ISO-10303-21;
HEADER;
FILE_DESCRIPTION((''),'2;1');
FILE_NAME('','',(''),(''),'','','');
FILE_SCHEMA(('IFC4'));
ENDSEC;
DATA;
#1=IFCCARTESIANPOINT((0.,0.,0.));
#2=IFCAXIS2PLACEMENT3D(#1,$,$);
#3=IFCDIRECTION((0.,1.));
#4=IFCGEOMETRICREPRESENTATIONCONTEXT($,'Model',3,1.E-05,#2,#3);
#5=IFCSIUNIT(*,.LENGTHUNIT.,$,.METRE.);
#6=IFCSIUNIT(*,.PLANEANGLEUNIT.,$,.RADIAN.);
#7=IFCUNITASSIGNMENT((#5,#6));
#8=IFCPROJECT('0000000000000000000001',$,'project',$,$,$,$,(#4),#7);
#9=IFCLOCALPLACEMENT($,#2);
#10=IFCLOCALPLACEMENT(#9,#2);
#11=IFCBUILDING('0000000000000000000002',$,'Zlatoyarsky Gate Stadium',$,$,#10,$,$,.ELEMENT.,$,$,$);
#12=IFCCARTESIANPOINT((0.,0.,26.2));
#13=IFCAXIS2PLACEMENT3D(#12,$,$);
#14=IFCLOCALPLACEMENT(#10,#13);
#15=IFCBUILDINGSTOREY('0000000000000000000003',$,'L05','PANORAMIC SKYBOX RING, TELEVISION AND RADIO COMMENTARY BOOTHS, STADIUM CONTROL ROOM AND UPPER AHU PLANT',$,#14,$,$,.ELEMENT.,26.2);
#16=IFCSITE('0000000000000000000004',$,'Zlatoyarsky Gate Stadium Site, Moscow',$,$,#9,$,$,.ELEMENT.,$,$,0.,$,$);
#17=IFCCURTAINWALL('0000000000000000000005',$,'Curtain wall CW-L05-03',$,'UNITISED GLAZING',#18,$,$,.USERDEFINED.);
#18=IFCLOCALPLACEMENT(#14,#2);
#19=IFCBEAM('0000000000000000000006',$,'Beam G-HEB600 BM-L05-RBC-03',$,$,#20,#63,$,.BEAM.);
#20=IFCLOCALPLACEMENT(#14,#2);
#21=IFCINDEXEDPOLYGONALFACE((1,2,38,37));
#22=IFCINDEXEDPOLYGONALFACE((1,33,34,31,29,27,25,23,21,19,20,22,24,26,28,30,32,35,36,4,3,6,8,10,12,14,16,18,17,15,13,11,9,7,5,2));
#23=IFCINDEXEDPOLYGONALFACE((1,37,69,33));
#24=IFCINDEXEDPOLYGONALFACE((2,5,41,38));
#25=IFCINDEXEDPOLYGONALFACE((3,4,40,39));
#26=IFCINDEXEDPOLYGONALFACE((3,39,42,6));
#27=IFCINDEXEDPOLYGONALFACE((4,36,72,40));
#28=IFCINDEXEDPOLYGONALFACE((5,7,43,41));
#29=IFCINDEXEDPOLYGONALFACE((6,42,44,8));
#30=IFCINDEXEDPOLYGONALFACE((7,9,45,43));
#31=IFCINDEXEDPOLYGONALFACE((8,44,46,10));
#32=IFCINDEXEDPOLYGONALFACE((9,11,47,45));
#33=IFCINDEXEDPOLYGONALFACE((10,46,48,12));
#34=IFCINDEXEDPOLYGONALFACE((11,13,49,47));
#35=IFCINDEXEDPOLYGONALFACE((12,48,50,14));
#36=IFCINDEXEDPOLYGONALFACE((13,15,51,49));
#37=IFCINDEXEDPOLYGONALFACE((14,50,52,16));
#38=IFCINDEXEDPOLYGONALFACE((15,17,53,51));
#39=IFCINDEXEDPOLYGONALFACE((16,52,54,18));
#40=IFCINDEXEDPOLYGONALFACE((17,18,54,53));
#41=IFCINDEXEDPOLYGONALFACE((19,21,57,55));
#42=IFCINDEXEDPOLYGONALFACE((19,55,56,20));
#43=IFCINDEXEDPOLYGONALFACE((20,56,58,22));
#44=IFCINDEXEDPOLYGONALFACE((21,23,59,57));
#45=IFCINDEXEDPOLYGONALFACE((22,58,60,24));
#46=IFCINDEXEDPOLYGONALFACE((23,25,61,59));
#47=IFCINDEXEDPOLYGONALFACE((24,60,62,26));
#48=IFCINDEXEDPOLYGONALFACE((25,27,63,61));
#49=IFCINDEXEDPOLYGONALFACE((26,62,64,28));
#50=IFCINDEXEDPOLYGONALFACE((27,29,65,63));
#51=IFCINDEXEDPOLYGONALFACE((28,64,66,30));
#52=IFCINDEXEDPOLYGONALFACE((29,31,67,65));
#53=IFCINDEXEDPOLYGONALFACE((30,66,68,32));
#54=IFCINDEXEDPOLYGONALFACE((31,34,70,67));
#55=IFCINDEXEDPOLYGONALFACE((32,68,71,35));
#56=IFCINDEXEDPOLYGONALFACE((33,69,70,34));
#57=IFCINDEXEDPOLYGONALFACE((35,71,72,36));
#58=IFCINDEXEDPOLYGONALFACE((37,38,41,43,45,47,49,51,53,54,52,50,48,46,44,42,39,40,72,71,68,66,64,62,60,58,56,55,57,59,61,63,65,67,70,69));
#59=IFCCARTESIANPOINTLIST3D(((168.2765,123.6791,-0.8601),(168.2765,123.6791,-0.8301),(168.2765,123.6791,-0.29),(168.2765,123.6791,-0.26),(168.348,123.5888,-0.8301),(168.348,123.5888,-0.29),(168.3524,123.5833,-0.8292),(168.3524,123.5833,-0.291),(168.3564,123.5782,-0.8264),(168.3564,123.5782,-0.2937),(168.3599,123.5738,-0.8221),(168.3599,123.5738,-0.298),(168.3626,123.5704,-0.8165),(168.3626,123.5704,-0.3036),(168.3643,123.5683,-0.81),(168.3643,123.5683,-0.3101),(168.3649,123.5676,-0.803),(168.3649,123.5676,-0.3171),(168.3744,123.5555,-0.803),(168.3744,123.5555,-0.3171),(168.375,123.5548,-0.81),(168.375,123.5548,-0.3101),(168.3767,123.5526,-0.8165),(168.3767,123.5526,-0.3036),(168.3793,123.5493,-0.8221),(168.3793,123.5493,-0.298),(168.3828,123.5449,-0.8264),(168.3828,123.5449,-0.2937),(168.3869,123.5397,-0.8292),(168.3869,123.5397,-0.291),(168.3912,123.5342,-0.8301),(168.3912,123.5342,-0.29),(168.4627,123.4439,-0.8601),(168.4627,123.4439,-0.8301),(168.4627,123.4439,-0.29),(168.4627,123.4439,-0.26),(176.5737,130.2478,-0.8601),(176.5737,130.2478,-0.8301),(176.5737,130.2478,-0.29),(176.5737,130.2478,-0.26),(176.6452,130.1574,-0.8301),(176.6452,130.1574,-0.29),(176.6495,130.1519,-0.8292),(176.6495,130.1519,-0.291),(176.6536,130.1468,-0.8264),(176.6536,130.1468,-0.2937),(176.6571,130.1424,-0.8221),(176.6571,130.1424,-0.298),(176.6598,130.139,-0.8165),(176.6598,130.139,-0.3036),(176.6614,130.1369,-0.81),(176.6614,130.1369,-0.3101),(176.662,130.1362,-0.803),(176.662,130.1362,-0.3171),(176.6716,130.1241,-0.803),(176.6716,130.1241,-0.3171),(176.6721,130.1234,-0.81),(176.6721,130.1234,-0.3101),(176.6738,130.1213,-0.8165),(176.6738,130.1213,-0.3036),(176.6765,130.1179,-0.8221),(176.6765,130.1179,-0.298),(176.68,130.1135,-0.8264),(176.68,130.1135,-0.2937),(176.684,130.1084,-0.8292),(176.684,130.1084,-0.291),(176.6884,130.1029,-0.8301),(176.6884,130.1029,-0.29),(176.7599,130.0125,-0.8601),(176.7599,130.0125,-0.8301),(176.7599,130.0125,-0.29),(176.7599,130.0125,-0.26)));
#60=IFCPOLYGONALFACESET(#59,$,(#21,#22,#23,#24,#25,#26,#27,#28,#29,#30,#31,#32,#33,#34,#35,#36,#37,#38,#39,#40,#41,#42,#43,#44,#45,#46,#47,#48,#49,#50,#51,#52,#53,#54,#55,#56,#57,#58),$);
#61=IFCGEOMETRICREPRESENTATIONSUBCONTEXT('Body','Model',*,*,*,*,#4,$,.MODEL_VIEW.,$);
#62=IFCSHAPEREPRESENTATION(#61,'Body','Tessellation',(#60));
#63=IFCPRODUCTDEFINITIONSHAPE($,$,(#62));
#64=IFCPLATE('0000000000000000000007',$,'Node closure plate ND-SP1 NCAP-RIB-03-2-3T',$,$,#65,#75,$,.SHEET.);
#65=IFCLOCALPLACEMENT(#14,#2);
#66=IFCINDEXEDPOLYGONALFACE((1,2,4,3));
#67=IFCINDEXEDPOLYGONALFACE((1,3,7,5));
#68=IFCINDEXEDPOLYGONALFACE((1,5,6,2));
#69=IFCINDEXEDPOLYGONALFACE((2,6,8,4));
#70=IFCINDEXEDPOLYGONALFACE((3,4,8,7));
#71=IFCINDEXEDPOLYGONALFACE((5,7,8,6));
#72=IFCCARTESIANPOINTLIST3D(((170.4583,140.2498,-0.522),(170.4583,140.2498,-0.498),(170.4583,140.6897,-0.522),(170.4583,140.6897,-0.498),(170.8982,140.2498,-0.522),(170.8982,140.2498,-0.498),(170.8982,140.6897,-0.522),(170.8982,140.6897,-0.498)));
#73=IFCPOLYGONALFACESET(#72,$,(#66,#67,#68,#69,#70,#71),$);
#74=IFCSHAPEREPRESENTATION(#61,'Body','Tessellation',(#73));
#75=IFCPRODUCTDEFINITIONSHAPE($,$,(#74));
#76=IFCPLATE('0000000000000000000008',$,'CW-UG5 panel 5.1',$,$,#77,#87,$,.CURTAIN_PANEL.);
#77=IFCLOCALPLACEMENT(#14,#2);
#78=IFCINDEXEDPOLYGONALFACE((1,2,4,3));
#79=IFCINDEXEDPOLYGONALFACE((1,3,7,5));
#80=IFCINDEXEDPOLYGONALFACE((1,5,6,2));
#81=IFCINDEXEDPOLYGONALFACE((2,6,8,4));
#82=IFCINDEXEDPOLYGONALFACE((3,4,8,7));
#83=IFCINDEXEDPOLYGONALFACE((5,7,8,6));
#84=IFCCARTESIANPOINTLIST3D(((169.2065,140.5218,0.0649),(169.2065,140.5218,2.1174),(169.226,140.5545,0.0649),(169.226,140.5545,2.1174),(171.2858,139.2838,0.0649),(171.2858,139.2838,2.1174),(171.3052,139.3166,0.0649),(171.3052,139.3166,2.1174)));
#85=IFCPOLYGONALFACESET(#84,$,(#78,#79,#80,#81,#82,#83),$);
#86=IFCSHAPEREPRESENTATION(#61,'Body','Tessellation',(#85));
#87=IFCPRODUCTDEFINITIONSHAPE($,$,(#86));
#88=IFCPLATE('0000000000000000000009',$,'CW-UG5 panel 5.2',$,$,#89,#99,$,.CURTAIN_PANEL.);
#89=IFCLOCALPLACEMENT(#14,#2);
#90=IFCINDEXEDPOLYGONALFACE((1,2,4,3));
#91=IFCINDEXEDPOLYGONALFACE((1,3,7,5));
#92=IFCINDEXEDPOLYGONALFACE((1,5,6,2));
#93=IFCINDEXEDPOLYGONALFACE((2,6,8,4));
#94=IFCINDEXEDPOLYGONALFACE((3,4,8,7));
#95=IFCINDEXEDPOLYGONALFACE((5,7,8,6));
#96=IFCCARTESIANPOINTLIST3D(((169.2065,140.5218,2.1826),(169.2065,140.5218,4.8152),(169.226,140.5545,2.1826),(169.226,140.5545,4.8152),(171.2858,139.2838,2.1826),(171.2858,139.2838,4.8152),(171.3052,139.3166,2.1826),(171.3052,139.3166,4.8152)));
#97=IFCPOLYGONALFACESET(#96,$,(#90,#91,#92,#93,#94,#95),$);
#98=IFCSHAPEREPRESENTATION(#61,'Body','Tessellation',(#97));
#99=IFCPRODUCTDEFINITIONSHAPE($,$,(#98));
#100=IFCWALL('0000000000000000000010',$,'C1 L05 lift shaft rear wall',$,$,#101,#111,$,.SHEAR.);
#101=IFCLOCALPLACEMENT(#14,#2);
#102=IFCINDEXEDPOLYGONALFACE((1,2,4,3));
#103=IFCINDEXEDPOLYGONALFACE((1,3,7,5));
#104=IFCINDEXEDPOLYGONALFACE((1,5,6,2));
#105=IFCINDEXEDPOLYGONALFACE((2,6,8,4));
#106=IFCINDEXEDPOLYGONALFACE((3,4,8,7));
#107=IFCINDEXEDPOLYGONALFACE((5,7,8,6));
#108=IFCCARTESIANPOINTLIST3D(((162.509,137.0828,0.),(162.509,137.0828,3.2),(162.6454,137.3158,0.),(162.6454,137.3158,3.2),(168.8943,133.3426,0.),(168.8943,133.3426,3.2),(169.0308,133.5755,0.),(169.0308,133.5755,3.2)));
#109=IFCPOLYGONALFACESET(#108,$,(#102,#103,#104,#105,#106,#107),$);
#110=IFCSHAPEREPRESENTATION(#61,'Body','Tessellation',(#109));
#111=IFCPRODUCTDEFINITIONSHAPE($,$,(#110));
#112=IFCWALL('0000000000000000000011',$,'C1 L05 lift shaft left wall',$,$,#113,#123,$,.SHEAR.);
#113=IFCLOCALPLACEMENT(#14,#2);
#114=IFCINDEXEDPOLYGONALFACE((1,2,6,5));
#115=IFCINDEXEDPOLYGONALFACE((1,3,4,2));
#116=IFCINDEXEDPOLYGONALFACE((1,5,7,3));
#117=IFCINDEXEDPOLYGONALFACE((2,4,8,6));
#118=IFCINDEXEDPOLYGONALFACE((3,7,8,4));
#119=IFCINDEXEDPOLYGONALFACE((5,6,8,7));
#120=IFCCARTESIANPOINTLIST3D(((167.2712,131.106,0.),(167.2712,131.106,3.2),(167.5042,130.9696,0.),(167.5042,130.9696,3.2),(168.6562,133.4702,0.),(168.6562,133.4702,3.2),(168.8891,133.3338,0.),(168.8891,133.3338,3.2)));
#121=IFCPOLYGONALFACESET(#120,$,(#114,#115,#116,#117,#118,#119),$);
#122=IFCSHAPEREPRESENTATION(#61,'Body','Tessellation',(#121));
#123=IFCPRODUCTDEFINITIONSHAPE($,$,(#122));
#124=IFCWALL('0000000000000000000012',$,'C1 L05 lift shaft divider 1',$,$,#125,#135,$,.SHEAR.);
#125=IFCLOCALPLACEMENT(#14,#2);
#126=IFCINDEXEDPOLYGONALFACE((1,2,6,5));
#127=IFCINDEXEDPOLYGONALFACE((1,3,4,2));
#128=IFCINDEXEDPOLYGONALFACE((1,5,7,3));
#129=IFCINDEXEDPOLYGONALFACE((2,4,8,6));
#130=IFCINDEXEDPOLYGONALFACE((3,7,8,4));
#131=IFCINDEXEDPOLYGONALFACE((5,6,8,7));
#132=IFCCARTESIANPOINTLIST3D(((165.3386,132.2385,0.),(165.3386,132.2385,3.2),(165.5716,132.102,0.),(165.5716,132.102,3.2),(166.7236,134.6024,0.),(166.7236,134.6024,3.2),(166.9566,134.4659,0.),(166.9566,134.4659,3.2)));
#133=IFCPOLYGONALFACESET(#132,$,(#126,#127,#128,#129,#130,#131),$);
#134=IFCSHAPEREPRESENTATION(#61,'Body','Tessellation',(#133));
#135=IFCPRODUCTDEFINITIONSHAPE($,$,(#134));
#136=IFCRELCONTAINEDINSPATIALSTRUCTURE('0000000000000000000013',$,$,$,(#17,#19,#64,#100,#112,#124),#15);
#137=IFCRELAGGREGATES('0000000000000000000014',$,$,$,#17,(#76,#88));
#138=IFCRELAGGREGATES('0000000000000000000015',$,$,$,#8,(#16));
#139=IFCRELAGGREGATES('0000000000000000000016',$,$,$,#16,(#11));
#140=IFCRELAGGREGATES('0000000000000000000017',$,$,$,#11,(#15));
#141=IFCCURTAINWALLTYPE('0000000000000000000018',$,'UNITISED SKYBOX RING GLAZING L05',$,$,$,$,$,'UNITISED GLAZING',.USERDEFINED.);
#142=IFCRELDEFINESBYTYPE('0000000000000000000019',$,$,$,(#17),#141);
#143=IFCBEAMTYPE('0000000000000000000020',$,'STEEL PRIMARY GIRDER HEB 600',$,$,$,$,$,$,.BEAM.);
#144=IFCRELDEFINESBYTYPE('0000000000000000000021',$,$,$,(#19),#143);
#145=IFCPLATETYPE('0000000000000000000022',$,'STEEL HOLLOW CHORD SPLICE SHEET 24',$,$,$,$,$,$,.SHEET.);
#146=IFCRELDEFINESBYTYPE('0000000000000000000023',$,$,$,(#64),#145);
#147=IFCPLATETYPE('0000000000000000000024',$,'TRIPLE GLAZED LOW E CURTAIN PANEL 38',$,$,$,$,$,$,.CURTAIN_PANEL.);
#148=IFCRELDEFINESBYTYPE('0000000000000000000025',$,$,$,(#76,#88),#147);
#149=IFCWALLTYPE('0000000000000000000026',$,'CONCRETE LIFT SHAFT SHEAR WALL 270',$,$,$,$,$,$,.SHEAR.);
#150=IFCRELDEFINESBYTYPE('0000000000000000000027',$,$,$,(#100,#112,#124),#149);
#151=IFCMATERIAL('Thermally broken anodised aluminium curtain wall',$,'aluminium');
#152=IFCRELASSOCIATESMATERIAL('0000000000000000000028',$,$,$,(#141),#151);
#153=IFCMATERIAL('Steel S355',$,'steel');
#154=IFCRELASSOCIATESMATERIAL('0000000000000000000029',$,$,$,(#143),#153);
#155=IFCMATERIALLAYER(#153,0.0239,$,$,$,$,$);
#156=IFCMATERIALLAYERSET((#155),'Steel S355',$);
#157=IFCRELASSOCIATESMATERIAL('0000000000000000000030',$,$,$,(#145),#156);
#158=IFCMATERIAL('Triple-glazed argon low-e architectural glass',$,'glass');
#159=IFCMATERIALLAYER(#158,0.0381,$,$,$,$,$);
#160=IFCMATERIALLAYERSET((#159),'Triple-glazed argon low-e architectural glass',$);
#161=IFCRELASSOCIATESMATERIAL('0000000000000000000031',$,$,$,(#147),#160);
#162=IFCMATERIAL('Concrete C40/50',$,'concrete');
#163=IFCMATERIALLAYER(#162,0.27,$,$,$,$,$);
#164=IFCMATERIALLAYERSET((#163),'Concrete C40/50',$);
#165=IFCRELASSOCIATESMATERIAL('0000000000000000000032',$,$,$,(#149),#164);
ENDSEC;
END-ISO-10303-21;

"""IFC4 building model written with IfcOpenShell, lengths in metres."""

from ifc_helpers import new_model, si_unit, direction, frame, frame_2d, origin, origin_2d, place, context, subcontext, project, spatial, rectangle, i_section, extrude, material, layer, layer_set, material_profile, profile_set, type_object, element, aggregate, save


model = new_model("IFC4")

# Units and contexts
model_context = context("Model", 3, precision=1e-05, world=origin(), true_north=direction((0.0, 1.0)))
body_context = subcontext(model_context, "Body", "Model", "MODEL_VIEW")
ifc_project = project(units=[si_unit("LENGTHUNIT", "METRE"), si_unit("PLANEANGLEUNIT", "RADIAN")], contexts=[model_context])

# Site, building, storey
site_placement = place(None, origin())
site = spatial("IfcSite", under=ifc_project, at=site_placement, Name="Zlatoyarsky Gate Stadium Site, Moscow", CompositionType="ELEMENT", RefElevation=0.0)
building_placement = place(site_placement, origin())
building = spatial("IfcBuilding", under=site, at=building_placement, Name="Zlatoyarsky Gate Stadium", CompositionType="ELEMENT")
storey_placement = place(building_placement, frame((0.0, 0.0, 26.2)))
storey = spatial("IfcBuildingStorey", under=building, at=storey_placement, Name="L05", Description="PANORAMIC SKYBOX RING, TELEVISION AND RADIO COMMENTARY BOOTHS, STADIUM CONTROL ROOM AND UPPER AHU PLANT", CompositionType="ELEMENT", Elevation=26.2)

# Shared definitions
ifc_material_1 = material(Name="Steel S355", Category="steel")

# Curtain wall
ifc_material_2 = material(Name="Thermally broken anodised aluminium curtain wall", Category="aluminium")
curtain_wall_type = type_object("IfcCurtainWallType", Name="UNITISED SKYBOX RING GLAZING L05", ElementType="UNITISED GLAZING", PredefinedType="USERDEFINED", material=ifc_material_2)
curtain_wall_placement = place(storey_placement, origin())
curtain_wall = element("IfcCurtainWall", 1, at=curtain_wall_placement, inside=storey, type_object=curtain_wall_type, Name="Curtain wall CW-L05-03", ObjectType="UNITISED GLAZING", PredefinedType="USERDEFINED")

# Beam
ifc_material_profile_1 = material_profile(ifc_material_1, i_section(OverallWidth=0.3, OverallDepth=0.6001, WebThickness=0.0154, FlangeThickness=0.03, FilletRadius=0.0271, at=origin_2d()), Name="HEB 600")
ifc_profile_set_1 = profile_set([ifc_material_profile_1], Name="Steel S355")
beam_type_1 = type_object("IfcBeamType", Name="STEEL PRIMARY GIRDER HEB 600", PredefinedType="BEAM", material=ifc_profile_set_1)
beam_1_placement = place(storey_placement, frame((168.3696, 123.5615, -0.5601), z_axis=(0.784043, 0.620706, 0.0), x_axis=(-0.620706, 0.784043, 0.0)))
element("IfcBeam", 2, at=beam_1_placement, inside=storey, type_object=beam_type_1, Name="Beam G-HEB600 BM-L05-RBC-03", PredefinedType="BEAM", context=body_context, shape_type="SweptSolid", body=[
    extrude(i_section(OverallWidth=0.3, OverallDepth=0.6001, WebThickness=0.0154, FlangeThickness=0.03, FilletRadius=0.0271, at=origin_2d()), origin(), (0.0, 0.0, 1.0), 10.5825),
])

# Plates
ifc_layer_1 = layer(ifc_material_1, 0.0239)
ifc_layer_set_1 = layer_set([ifc_layer_1], Name="Steel S355")
plate_type_1 = type_object("IfcPlateType", Name="STEEL HOLLOW CHORD SPLICE SHEET 24", PredefinedType="SHEET", material=ifc_layer_set_1)
plate_1_placement = place(storey_placement, frame((170.6782, 140.4697, -0.522), z_axis=(0.0, 0.0, 1.0), x_axis=(1.0, 0.0, 0.0)))
element("IfcPlate", 3, at=plate_1_placement, inside=storey, type_object=plate_type_1, Name="Node closure plate ND-SP1 NCAP-RIB-03-2-3T", PredefinedType="SHEET", context=body_context, shape_type="SweptSolid", body=[
    extrude(rectangle(XDim=0.4399, YDim=0.4399, at=origin_2d()), origin(), (0.0, 0.0, 1.0), 0.0239),
])
ifc_material_3 = material(Name="Triple-glazed argon low-e architectural glass", Category="glass")
ifc_layer_2 = layer(ifc_material_3, 0.0381)
ifc_layer_set_2 = layer_set([ifc_layer_2], Name="Triple-glazed argon low-e architectural glass")
plate_type_2 = type_object("IfcPlateType", Name="TRIPLE GLAZED LOW E CURTAIN PANEL 38", PredefinedType="CURTAIN_PANEL", material=ifc_layer_set_2)
plate_2_placement = place(storey_placement, frame((170.2559, 139.9192, 0.0649), z_axis=(0.0, 0.0, 1.0), x_axis=(-0.859237, 0.511577, 0.0)))
plate_2 = element("IfcPlate", 4, at=plate_2_placement, type_object=plate_type_2, Name="CW-UG5 panel 5.1", PredefinedType="CURTAIN_PANEL", context=body_context, shape_type="SweptSolid", body=[
    extrude(rectangle(XDim=2.4199, YDim=0.0381, at=origin_2d()), origin(), (0.0, 0.0, 1.0), 2.0525),
])
plate_3_placement = place(storey_placement, frame((170.2559, 139.9192, 2.1826), z_axis=(0.0, 0.0, 1.0), x_axis=(-0.859237, 0.511577, 0.0)))
plate_3 = element("IfcPlate", 5, at=plate_3_placement, type_object=plate_type_2, Name="CW-UG5 panel 5.2", PredefinedType="CURTAIN_PANEL", context=body_context, shape_type="SweptSolid", body=[
    extrude(rectangle(XDim=2.4199, YDim=0.0381, at=origin_2d()), origin(), (0.0, 0.0, 1.0), 2.6326),
])
aggregate(curtain_wall, [plate_2, plate_3])

# Walls
ifc_material_4 = material(Name="Concrete C40/50", Category="concrete")
ifc_layer_3 = layer(ifc_material_4, 0.27)
ifc_layer_set_3 = layer_set([ifc_layer_3], Name="Concrete C40/50")
wall_type_1 = type_object("IfcWallType", Name="CONCRETE LIFT SHAFT SHEAR WALL 270", PredefinedType="SHEAR", material=ifc_layer_set_3)
wall_1_placement = place(storey_placement, frame((168.9626, 133.459, 0.0), z_axis=(0.0, 0.0, 1.0), x_axis=(-0.862866, 0.505433, 0.0)))
element("IfcWall", 6, at=wall_1_placement, inside=storey, type_object=wall_type_1, Name="C1 L05 lift shaft rear wall", PredefinedType="SHEAR", context=body_context, shape_type="SweptSolid", body=[
    extrude(rectangle(XDim=7.4001, YDim=0.27, at=frame_2d((3.7002, 0.0))), origin(), (0.0, 0.0, 1.0), 3.2),
])
wall_2_placement = place(storey_placement, frame((168.7727, 133.4021, 0.0), z_axis=(0.0, 0.0, 1.0), x_axis=(-0.505466, -0.862847, 0.0)))
element("IfcWall", 7, at=wall_2_placement, inside=storey, type_object=wall_type_1, Name="C1 L05 lift shaft left wall", PredefinedType="SHEAR", context=body_context, shape_type="SweptSolid", body=[
    extrude(rectangle(XDim=2.74, YDim=0.27, at=frame_2d((1.3701, 0.0))), origin(), (0.0, 0.0, 1.0), 3.2),
])
wall_3_placement = place(storey_placement, frame((166.8401, 134.5342, 0.0), z_axis=(0.0, 0.0, 1.0), x_axis=(-0.505505, -0.862824, 0.0)))
element("IfcWall", 8, at=wall_3_placement, inside=storey, type_object=wall_type_1, Name="C1 L05 lift shaft divider 1", PredefinedType="SHEAR", context=body_context, shape_type="SweptSolid", body=[
    extrude(rectangle(XDim=2.7397, YDim=0.27, at=frame_2d((1.3699, 0.0))), origin(), (0.0, 0.0, 1.0), 3.2),
])

save(model, "model.ifc")
